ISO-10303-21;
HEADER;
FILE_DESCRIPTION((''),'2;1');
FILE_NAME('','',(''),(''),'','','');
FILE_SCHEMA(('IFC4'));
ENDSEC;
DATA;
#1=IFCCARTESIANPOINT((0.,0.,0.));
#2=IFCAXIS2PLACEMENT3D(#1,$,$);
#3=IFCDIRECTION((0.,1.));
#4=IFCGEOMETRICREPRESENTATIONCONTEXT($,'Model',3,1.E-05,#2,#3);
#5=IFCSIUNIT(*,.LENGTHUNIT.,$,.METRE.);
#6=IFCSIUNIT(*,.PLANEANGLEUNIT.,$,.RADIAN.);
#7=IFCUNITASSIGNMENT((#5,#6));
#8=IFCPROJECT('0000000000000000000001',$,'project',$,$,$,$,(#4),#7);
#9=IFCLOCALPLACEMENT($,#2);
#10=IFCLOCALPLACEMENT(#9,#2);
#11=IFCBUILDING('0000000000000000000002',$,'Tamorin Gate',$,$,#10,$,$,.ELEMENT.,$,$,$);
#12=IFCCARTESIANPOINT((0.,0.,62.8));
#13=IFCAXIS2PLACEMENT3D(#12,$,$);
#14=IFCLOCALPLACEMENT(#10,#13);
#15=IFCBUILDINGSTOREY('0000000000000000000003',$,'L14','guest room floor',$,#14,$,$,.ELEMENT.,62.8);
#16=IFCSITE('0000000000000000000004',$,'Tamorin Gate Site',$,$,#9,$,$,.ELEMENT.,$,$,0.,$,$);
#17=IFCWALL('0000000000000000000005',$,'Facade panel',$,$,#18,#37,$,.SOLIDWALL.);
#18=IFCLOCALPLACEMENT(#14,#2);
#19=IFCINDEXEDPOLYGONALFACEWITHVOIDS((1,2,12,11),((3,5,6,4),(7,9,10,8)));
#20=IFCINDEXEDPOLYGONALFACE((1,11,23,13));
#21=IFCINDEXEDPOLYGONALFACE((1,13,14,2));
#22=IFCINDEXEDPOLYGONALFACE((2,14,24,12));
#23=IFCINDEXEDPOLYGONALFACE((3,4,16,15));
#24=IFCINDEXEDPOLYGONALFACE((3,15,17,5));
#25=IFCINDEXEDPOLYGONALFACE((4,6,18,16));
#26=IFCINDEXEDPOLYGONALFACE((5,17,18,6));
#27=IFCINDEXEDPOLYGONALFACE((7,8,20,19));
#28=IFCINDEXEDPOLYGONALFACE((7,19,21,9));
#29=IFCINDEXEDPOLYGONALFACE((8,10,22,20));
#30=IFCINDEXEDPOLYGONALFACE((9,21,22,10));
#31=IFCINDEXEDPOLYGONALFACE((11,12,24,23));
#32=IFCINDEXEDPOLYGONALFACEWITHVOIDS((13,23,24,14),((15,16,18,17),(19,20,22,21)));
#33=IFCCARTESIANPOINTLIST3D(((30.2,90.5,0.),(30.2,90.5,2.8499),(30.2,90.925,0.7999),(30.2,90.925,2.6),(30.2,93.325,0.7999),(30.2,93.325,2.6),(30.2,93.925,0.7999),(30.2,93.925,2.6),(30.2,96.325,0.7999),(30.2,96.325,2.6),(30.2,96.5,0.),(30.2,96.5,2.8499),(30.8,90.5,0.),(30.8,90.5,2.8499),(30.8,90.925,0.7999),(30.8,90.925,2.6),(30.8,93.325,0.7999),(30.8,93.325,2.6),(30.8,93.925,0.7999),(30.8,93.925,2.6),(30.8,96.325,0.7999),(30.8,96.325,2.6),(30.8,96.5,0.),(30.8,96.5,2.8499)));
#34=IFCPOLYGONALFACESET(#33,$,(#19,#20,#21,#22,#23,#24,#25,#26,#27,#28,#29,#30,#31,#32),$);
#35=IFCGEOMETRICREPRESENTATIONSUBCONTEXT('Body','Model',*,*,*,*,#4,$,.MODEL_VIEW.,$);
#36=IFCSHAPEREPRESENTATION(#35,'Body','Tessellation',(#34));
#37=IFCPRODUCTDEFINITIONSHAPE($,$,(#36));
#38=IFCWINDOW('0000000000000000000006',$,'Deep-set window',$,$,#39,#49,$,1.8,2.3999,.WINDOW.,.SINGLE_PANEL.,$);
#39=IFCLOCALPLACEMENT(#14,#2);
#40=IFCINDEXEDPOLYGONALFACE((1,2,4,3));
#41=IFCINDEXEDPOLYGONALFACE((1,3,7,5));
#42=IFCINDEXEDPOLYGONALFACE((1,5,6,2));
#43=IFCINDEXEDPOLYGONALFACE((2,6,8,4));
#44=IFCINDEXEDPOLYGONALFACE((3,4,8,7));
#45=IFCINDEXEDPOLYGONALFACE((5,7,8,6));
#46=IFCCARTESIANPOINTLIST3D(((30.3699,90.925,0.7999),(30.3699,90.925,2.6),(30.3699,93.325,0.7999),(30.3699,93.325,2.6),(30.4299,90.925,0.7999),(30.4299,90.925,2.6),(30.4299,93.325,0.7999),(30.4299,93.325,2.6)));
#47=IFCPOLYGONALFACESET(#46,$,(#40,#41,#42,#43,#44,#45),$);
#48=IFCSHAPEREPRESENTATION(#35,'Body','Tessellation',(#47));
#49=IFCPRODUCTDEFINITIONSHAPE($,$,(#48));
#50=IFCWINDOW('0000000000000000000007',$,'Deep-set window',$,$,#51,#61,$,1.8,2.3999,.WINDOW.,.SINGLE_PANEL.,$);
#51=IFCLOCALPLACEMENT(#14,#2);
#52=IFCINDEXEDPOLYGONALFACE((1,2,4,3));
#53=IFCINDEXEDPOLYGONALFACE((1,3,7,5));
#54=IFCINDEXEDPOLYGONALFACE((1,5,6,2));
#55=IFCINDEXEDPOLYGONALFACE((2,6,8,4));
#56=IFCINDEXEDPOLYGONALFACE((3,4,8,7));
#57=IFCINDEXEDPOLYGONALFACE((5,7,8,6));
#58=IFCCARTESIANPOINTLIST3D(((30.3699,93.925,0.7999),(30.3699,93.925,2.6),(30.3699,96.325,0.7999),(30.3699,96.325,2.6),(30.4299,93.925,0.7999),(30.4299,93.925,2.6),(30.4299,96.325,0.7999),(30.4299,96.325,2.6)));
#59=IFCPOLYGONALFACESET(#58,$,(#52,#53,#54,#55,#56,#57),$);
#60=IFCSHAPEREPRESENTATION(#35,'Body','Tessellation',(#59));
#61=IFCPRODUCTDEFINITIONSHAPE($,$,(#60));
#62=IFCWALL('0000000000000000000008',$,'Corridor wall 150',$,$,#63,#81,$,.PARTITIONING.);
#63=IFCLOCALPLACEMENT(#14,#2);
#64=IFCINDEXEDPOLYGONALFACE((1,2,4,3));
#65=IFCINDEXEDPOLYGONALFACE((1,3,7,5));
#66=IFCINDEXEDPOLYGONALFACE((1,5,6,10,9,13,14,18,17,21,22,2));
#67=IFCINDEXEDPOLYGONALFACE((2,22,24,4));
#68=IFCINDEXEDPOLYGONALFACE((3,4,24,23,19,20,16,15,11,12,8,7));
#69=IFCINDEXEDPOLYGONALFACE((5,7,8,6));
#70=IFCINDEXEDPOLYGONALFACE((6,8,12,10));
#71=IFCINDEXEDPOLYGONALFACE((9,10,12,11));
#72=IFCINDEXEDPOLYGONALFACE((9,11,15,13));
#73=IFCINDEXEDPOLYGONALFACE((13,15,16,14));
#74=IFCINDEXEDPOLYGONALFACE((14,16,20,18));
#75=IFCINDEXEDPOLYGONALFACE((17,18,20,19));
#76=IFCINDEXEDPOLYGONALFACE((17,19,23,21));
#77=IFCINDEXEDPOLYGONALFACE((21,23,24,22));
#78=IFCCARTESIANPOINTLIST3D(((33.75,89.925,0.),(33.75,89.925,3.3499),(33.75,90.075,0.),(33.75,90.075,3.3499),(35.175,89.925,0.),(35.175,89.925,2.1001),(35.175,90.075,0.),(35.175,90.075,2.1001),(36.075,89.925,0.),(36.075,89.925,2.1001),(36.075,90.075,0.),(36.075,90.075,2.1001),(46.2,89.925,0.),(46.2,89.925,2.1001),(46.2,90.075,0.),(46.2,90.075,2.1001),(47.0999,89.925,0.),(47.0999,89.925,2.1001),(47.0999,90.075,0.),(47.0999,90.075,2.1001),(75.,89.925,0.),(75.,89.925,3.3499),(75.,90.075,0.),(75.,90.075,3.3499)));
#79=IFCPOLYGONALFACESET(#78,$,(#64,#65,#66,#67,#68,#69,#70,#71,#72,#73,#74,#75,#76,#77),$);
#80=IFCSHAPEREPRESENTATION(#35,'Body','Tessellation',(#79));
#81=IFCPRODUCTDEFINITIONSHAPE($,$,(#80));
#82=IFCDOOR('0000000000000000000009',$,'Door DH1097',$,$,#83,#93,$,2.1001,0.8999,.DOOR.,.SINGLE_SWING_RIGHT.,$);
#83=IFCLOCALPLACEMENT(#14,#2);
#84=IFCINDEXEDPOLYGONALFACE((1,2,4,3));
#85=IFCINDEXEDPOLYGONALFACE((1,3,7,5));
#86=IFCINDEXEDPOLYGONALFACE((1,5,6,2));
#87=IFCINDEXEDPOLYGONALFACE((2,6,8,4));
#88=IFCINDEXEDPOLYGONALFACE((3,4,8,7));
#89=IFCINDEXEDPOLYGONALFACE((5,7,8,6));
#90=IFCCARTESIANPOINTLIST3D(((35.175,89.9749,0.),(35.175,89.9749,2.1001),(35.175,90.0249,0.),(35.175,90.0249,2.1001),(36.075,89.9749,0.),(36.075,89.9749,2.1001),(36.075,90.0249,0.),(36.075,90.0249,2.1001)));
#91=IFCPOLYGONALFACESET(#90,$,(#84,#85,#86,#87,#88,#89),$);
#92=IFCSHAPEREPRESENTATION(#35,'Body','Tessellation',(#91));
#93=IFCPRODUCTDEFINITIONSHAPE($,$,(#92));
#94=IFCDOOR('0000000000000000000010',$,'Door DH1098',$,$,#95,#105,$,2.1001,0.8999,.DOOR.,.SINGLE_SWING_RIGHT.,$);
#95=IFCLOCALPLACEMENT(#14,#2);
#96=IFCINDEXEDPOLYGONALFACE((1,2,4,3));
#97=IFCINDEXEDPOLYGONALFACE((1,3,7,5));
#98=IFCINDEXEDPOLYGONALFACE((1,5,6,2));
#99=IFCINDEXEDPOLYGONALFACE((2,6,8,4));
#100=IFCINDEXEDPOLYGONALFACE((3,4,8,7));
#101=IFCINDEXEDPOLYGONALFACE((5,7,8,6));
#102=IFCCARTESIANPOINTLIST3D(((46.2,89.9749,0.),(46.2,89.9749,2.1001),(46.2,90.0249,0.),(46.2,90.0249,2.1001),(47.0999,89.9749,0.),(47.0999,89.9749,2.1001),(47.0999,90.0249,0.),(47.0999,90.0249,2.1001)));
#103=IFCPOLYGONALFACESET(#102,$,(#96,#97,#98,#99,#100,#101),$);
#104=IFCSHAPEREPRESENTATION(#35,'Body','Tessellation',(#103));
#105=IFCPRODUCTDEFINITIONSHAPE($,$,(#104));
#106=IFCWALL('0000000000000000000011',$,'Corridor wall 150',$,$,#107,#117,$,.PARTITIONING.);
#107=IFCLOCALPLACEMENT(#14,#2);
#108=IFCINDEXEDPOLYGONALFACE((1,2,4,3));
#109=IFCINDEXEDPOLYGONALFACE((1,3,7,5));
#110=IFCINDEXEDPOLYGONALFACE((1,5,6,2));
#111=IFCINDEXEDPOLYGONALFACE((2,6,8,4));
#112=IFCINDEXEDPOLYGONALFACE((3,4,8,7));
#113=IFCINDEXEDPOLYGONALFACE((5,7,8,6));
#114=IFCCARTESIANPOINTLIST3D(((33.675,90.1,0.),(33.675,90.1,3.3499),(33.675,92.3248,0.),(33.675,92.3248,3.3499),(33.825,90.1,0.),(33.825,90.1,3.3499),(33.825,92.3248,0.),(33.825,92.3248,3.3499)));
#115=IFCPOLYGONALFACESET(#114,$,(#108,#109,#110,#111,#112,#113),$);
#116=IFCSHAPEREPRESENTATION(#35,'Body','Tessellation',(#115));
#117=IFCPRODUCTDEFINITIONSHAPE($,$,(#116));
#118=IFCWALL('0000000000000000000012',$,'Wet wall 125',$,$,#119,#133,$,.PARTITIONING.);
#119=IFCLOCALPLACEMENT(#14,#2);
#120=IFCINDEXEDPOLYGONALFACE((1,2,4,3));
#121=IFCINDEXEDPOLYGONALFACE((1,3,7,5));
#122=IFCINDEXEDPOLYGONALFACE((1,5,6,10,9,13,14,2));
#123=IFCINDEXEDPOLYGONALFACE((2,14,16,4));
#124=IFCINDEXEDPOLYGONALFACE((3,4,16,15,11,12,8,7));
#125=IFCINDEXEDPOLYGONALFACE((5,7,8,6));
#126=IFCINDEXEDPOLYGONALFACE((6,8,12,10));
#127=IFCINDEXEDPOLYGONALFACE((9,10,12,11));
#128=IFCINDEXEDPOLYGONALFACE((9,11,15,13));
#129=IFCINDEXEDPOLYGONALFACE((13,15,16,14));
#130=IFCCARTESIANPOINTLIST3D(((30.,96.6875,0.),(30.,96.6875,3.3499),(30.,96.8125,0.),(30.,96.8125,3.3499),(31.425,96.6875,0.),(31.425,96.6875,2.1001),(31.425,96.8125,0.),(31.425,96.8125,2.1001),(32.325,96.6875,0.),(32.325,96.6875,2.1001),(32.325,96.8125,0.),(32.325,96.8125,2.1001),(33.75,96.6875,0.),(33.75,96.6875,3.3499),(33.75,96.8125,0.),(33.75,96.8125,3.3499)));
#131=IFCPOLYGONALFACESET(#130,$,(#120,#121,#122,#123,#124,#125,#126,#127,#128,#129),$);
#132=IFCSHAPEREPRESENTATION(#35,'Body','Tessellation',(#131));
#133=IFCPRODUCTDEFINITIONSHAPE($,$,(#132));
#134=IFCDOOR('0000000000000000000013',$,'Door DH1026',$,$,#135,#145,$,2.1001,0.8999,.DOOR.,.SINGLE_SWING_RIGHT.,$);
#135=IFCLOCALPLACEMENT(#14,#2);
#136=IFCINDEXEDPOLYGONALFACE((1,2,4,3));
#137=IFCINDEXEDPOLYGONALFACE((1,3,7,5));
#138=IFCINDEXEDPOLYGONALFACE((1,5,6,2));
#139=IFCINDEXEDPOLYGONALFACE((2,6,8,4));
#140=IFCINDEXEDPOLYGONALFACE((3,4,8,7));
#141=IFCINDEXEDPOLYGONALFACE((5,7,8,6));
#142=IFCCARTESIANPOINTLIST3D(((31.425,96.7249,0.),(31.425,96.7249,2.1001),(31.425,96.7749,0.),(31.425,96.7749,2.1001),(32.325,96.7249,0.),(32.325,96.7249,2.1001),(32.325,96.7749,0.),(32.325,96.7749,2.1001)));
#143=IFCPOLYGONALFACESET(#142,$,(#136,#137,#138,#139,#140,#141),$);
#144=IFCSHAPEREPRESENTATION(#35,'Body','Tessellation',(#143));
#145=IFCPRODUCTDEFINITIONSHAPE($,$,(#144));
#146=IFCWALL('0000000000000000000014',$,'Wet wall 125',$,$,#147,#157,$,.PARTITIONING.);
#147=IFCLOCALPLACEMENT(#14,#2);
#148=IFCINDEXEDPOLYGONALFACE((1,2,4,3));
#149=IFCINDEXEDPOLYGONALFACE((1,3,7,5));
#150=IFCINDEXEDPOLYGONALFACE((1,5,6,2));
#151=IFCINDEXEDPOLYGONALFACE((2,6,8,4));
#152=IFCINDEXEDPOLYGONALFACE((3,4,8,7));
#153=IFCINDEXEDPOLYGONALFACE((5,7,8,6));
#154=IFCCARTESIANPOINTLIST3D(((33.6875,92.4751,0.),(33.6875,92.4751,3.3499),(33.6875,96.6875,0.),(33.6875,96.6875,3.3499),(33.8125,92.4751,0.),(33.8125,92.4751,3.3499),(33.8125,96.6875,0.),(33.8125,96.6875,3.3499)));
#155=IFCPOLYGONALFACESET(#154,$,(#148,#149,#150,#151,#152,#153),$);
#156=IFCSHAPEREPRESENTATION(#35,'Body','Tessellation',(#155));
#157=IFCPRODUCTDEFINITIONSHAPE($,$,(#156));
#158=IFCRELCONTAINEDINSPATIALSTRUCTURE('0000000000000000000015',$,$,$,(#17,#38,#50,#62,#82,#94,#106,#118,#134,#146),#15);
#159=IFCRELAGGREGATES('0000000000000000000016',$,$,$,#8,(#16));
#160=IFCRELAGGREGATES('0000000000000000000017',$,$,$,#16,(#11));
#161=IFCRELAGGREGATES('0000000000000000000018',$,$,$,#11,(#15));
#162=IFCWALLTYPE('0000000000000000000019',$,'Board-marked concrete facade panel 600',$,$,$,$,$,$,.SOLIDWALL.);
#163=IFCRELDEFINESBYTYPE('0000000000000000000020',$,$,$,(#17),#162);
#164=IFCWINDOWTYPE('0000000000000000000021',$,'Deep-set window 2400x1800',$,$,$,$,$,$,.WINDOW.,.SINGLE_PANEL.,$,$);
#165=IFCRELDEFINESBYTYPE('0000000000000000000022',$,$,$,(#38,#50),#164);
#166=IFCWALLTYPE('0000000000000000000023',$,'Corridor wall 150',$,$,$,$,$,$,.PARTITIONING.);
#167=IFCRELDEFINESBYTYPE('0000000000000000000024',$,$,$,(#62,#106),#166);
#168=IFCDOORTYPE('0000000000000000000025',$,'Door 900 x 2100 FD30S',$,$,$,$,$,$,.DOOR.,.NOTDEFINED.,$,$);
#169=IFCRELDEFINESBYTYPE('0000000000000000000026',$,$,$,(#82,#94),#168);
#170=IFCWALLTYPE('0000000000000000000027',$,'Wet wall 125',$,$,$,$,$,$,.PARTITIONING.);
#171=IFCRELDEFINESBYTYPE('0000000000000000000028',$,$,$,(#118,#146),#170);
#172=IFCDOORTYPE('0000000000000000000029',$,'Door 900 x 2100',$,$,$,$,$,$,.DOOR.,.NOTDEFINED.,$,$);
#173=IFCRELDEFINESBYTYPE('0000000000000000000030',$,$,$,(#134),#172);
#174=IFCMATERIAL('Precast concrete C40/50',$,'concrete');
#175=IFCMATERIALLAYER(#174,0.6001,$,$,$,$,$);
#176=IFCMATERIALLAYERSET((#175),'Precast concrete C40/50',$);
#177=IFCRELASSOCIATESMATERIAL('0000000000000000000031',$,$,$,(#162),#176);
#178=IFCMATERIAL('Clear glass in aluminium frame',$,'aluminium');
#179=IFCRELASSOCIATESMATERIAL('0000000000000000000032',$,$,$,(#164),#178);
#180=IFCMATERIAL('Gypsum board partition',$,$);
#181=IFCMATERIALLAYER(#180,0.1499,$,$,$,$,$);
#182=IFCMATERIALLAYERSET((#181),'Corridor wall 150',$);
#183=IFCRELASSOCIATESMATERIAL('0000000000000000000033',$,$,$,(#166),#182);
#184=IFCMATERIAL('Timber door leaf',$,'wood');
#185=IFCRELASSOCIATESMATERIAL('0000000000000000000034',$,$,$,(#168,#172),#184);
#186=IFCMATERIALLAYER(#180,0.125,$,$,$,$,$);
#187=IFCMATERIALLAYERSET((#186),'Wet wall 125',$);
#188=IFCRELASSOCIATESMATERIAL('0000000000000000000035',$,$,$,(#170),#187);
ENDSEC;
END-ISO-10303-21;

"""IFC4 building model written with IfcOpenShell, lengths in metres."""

from ifc_helpers import new_model, si_unit, direction, frame, frame_2d, origin, place, context, subcontext, project, spatial, rectangle, extrude, material, layer, layer_set, type_object, element, fill, save


model = new_model("IFC4")

# Units and contexts
model_context = context("Model", 3, precision=1e-05, world=origin(), true_north=direction((0.0, 1.0)))
body_context = subcontext(model_context, "Body", "Model", "MODEL_VIEW")
ifc_project = project(units=[si_unit("LENGTHUNIT", "METRE"), si_unit("PLANEANGLEUNIT", "RADIAN")], contexts=[model_context])

# Site, building, storey
site_placement = place(None, origin())
site = spatial("IfcSite", under=ifc_project, at=site_placement, Name="Tamorin Gate Site", CompositionType="ELEMENT", RefElevation=0.0)
building_placement = place(site_placement, origin())
building = spatial("IfcBuilding", under=site, at=building_placement, Name="Tamorin Gate", CompositionType="ELEMENT")
storey_placement = place(building_placement, frame((0.0, 0.0, 62.8)))
storey = spatial("IfcBuildingStorey", under=building, at=storey_placement, Name="L14", Description="guest room floor", CompositionType="ELEMENT", Elevation=62.8)

# Wall, openings, windows
ifc_material_1 = material(Name="Precast concrete C40/50", Category="concrete")
ifc_layer_1 = layer(ifc_material_1, 0.6001)
ifc_layer_set_1 = layer_set([ifc_layer_1], Name="Precast concrete C40/50")
wall_type_1 = type_object("IfcWallType", Name="Board-marked concrete facade panel 600", PredefinedType="SOLIDWALL", material=ifc_layer_set_1)
wall_1_placement = place(storey_placement, frame((30.5, 96.5, 0.0), z_axis=(0.0, 0.0, 1.0), x_axis=(0.0, -1.0, 0.0)))
wall_1 = element("IfcWall", 1, at=wall_1_placement, inside=storey, type_object=wall_type_1, Name="Facade panel", PredefinedType="SOLIDWALL", context=body_context, shape_type="SweptSolid", body=[
    extrude(rectangle(XDim=6.0, YDim=0.6001, at=frame_2d((3.0, 0.0))), origin(), (0.0, 0.0, 1.0), 2.8499),
])
opening_1_placement = place(wall_1_placement, frame((3.175, 0.0, 0.8)))
opening_1 = element("IfcOpeningElement", 2, at=opening_1_placement, cuts=wall_1, PredefinedType="OPENING", context=body_context, shape_type="SweptSolid", body=[
    extrude(rectangle(XDim=2.3999, YDim=1.8, at=frame_2d((1.2, 0.8999))), frame((0.0, 0.3101, 0.0), z_axis=(0.0, -1.0, 0.0), x_axis=(1.0, 0.0, 0.0)), (0.0, 0.0, 1.0), 0.6201),
])
opening_2_placement = place(wall_1_placement, frame((0.175, 0.0, 0.8)))
opening_2 = element("IfcOpeningElement", 3, at=opening_2_placement, cuts=wall_1, PredefinedType="OPENING", context=body_context, shape_type="SweptSolid", body=[
    extrude(rectangle(XDim=2.3999, YDim=1.8, at=frame_2d((1.2, 0.8999))), frame((0.0, 0.3101, 0.0), z_axis=(0.0, -1.0, 0.0), x_axis=(1.0, 0.0, 0.0)), (0.0, 0.0, 1.0), 0.6201),
])
ifc_material_2 = material(Name="Clear glass in aluminium frame", Category="aluminium")
window_type = type_object("IfcWindowType", Name="Deep-set window 2400x1800", PartitioningType="SINGLE_PANEL", PredefinedType="WINDOW", material=ifc_material_2)
window_1_placement = place(opening_1_placement, origin())
window_1 = element("IfcWindow", 4, at=window_1_placement, inside=storey, type_object=window_type, Name="Deep-set window", OverallHeight=1.8, OverallWidth=2.3999, PartitioningType="SINGLE_PANEL", PredefinedType="WINDOW", context=body_context, shape_type="SweptSolid", body=[
    extrude(rectangle(XDim=2.3999, YDim=1.8, at=frame_2d((1.2, 0.8999))), frame((0.0, -0.0701, 0.0), z_axis=(0.0, -1.0, 0.0), x_axis=(1.0, 0.0, 0.0)), (0.0, 0.0, 1.0), 0.0601),
])
fill(opening_1, window_1)
window_2_placement = place(opening_2_placement, origin())
window_2 = element("IfcWindow", 5, at=window_2_placement, inside=storey, type_object=window_type, Name="Deep-set window", OverallHeight=1.8, OverallWidth=2.3999, PartitioningType="SINGLE_PANEL", PredefinedType="WINDOW", context=body_context, shape_type="SweptSolid", body=[
    extrude(rectangle(XDim=2.3999, YDim=1.8, at=frame_2d((1.2, 0.8999))), frame((0.0, -0.0701, 0.0), z_axis=(0.0, -1.0, 0.0), x_axis=(1.0, 0.0, 0.0)), (0.0, 0.0, 1.0), 0.0601),
])
fill(opening_2, window_2)

# Wall, openings, doors
ifc_material_3 = material(Name="Gypsum board partition")
ifc_layer_2 = layer(ifc_material_3, 0.1499)
ifc_layer_set_2 = layer_set([ifc_layer_2], Name="Corridor wall 150")
wall_type_2 = type_object("IfcWallType", Name="Corridor wall 150", PredefinedType="PARTITIONING", material=ifc_layer_set_2)
wall_2_placement = place(storey_placement, frame((33.75, 90.0, 0.0), z_axis=(0.0, 0.0, 1.0), x_axis=(1.0, 0.0, 0.0)))
wall_2 = element("IfcWall", 6, at=wall_2_placement, inside=storey, type_object=wall_type_2, Name="Corridor wall 150", PredefinedType="PARTITIONING", context=body_context, shape_type="SweptSolid", body=[
    extrude(rectangle(XDim=41.25, YDim=0.1499, at=frame_2d((20.625, 0.0))), origin(), (0.0, 0.0, 1.0), 3.3499),
])
opening_3_placement = place(wall_2_placement, frame((1.425, 0.0, 0.0)))
opening_3 = element("IfcOpeningElement", 7, at=opening_3_placement, cuts=wall_2, PredefinedType="OPENING", context=body_context, shape_type="SweptSolid", body=[
    extrude(rectangle(XDim=0.8999, YDim=2.1001, at=frame_2d((0.45, 1.05))), frame((0.0, 0.085, 0.0), z_axis=(0.0, -1.0, 0.0), x_axis=(1.0, 0.0, 0.0)), (0.0, 0.0, 1.0), 0.1699),
])
opening_4_placement = place(wall_2_placement, frame((12.45, 0.0, 0.0)))
opening_4 = element("IfcOpeningElement", 8, at=opening_4_placement, cuts=wall_2, PredefinedType="OPENING", context=body_context, shape_type="SweptSolid", body=[
    extrude(rectangle(XDim=0.8999, YDim=2.1001, at=frame_2d((0.45, 1.05))), frame((0.0, 0.085, 0.0), z_axis=(0.0, -1.0, 0.0), x_axis=(1.0, 0.0, 0.0)), (0.0, 0.0, 1.0), 0.1699),
])
ifc_material_4 = material(Name="Timber door leaf", Category="wood")
door_type_1 = type_object("IfcDoorType", Name="Door 900 x 2100 FD30S", OperationType="NOTDEFINED", PredefinedType="DOOR", material=ifc_material_4)
door_1_placement = place(opening_3_placement, origin())
door_1 = element("IfcDoor", 9, at=door_1_placement, inside=storey, type_object=door_type_1, Name="Door DH1097", OperationType="SINGLE_SWING_RIGHT", OverallHeight=2.1001, OverallWidth=0.8999, PredefinedType="DOOR", context=body_context, shape_type="SweptSolid", body=[
    extrude(rectangle(XDim=0.8999, YDim=2.1001, at=frame_2d((0.45, 1.05))), frame((0.0, 0.0249, 0.0), z_axis=(0.0, -1.0, 0.0), x_axis=(1.0, 0.0, 0.0)), (0.0, 0.0, 1.0), 0.05),
])
fill(opening_3, door_1)
door_2_placement = place(opening_4_placement, origin())
door_2 = element("IfcDoor", 10, at=door_2_placement, inside=storey, type_object=door_type_1, Name="Door DH1098", OperationType="SINGLE_SWING_RIGHT", OverallHeight=2.1001, OverallWidth=0.8999, PredefinedType="DOOR", context=body_context, shape_type="SweptSolid", body=[
    extrude(rectangle(XDim=0.8999, YDim=2.1001, at=frame_2d((0.45, 1.05))), frame((0.0, 0.0249, 0.0), z_axis=(0.0, -1.0, 0.0), x_axis=(1.0, 0.0, 0.0)), (0.0, 0.0, 1.0), 0.05),
])
fill(opening_4, door_2)

# Wall
wall_3_placement = place(storey_placement, frame((33.75, 90.1001, 0.0), z_axis=(0.0, 0.0, 1.0), x_axis=(0.0, 1.0, 0.0)))
element("IfcWall", 11, at=wall_3_placement, inside=storey, type_object=wall_type_2, Name="Corridor wall 150", PredefinedType="PARTITIONING", context=body_context, shape_type="SweptSolid", body=[
    extrude(rectangle(XDim=2.2249, YDim=0.1499, at=frame_2d((1.1123, 0.0))), origin(), (0.0, 0.0, 1.0), 3.3499),
])

# Wall, opening, door
ifc_layer_3 = layer(ifc_material_3, 0.125)
ifc_layer_set_3 = layer_set([ifc_layer_3], Name="Wet wall 125")
wall_type_3 = type_object("IfcWallType", Name="Wet wall 125", PredefinedType="PARTITIONING", material=ifc_layer_set_3)
wall_4_placement = place(storey_placement, frame((30.0, 96.75, 0.0), z_axis=(0.0, 0.0, 1.0), x_axis=(1.0, 0.0, 0.0)))
wall_4 = element("IfcWall", 12, at=wall_4_placement, inside=storey, type_object=wall_type_3, Name="Wet wall 125", PredefinedType="PARTITIONING", context=body_context, shape_type="SweptSolid", body=[
    extrude(rectangle(XDim=3.75, YDim=0.125, at=frame_2d((1.875, 0.0))), origin(), (0.0, 0.0, 1.0), 3.3499),
])
opening_5_placement = place(wall_4_placement, frame((1.425, 0.0, 0.0)))
opening_5 = element("IfcOpeningElement", 13, at=opening_5_placement, cuts=wall_4, PredefinedType="OPENING", context=body_context, shape_type="SweptSolid", body=[
    extrude(rectangle(XDim=0.8999, YDim=2.1001, at=frame_2d((0.45, 1.05))), frame((0.0, 0.0725, 0.0), z_axis=(0.0, -1.0, 0.0), x_axis=(1.0, 0.0, 0.0)), (0.0, 0.0, 1.0), 0.145),
])
door_type_2 = type_object("IfcDoorType", Name="Door 900 x 2100", OperationType="NOTDEFINED", PredefinedType="DOOR", material=ifc_material_4)
door_3_placement = place(opening_5_placement, origin())
door_3 = element("IfcDoor", 14, at=door_3_placement, inside=storey, type_object=door_type_2, Name="Door DH1026", OperationType="SINGLE_SWING_RIGHT", OverallHeight=2.1001, OverallWidth=0.8999, PredefinedType="DOOR", context=body_context, shape_type="SweptSolid", body=[
    extrude(rectangle(XDim=0.8999, YDim=2.1001, at=frame_2d((0.45, 1.05))), frame((0.0, 0.0249, 0.0), z_axis=(0.0, -1.0, 0.0), x_axis=(1.0, 0.0, 0.0)), (0.0, 0.0, 1.0), 0.05),
])
fill(opening_5, door_3)

# Wall
wall_5_placement = place(storey_placement, frame((33.75, 92.4751, 0.0), z_axis=(0.0, 0.0, 1.0), x_axis=(0.0, 1.0, 0.0)))
element("IfcWall", 15, at=wall_5_placement, inside=storey, type_object=wall_type_3, Name="Wet wall 125", PredefinedType="PARTITIONING", context=body_context, shape_type="SweptSolid", body=[
    extrude(rectangle(XDim=4.2124, YDim=0.125, at=frame_2d((2.1062, 0.0))), origin(), (0.0, 0.0, 1.0), 3.3499),
])

save(model, "model.ifc")
